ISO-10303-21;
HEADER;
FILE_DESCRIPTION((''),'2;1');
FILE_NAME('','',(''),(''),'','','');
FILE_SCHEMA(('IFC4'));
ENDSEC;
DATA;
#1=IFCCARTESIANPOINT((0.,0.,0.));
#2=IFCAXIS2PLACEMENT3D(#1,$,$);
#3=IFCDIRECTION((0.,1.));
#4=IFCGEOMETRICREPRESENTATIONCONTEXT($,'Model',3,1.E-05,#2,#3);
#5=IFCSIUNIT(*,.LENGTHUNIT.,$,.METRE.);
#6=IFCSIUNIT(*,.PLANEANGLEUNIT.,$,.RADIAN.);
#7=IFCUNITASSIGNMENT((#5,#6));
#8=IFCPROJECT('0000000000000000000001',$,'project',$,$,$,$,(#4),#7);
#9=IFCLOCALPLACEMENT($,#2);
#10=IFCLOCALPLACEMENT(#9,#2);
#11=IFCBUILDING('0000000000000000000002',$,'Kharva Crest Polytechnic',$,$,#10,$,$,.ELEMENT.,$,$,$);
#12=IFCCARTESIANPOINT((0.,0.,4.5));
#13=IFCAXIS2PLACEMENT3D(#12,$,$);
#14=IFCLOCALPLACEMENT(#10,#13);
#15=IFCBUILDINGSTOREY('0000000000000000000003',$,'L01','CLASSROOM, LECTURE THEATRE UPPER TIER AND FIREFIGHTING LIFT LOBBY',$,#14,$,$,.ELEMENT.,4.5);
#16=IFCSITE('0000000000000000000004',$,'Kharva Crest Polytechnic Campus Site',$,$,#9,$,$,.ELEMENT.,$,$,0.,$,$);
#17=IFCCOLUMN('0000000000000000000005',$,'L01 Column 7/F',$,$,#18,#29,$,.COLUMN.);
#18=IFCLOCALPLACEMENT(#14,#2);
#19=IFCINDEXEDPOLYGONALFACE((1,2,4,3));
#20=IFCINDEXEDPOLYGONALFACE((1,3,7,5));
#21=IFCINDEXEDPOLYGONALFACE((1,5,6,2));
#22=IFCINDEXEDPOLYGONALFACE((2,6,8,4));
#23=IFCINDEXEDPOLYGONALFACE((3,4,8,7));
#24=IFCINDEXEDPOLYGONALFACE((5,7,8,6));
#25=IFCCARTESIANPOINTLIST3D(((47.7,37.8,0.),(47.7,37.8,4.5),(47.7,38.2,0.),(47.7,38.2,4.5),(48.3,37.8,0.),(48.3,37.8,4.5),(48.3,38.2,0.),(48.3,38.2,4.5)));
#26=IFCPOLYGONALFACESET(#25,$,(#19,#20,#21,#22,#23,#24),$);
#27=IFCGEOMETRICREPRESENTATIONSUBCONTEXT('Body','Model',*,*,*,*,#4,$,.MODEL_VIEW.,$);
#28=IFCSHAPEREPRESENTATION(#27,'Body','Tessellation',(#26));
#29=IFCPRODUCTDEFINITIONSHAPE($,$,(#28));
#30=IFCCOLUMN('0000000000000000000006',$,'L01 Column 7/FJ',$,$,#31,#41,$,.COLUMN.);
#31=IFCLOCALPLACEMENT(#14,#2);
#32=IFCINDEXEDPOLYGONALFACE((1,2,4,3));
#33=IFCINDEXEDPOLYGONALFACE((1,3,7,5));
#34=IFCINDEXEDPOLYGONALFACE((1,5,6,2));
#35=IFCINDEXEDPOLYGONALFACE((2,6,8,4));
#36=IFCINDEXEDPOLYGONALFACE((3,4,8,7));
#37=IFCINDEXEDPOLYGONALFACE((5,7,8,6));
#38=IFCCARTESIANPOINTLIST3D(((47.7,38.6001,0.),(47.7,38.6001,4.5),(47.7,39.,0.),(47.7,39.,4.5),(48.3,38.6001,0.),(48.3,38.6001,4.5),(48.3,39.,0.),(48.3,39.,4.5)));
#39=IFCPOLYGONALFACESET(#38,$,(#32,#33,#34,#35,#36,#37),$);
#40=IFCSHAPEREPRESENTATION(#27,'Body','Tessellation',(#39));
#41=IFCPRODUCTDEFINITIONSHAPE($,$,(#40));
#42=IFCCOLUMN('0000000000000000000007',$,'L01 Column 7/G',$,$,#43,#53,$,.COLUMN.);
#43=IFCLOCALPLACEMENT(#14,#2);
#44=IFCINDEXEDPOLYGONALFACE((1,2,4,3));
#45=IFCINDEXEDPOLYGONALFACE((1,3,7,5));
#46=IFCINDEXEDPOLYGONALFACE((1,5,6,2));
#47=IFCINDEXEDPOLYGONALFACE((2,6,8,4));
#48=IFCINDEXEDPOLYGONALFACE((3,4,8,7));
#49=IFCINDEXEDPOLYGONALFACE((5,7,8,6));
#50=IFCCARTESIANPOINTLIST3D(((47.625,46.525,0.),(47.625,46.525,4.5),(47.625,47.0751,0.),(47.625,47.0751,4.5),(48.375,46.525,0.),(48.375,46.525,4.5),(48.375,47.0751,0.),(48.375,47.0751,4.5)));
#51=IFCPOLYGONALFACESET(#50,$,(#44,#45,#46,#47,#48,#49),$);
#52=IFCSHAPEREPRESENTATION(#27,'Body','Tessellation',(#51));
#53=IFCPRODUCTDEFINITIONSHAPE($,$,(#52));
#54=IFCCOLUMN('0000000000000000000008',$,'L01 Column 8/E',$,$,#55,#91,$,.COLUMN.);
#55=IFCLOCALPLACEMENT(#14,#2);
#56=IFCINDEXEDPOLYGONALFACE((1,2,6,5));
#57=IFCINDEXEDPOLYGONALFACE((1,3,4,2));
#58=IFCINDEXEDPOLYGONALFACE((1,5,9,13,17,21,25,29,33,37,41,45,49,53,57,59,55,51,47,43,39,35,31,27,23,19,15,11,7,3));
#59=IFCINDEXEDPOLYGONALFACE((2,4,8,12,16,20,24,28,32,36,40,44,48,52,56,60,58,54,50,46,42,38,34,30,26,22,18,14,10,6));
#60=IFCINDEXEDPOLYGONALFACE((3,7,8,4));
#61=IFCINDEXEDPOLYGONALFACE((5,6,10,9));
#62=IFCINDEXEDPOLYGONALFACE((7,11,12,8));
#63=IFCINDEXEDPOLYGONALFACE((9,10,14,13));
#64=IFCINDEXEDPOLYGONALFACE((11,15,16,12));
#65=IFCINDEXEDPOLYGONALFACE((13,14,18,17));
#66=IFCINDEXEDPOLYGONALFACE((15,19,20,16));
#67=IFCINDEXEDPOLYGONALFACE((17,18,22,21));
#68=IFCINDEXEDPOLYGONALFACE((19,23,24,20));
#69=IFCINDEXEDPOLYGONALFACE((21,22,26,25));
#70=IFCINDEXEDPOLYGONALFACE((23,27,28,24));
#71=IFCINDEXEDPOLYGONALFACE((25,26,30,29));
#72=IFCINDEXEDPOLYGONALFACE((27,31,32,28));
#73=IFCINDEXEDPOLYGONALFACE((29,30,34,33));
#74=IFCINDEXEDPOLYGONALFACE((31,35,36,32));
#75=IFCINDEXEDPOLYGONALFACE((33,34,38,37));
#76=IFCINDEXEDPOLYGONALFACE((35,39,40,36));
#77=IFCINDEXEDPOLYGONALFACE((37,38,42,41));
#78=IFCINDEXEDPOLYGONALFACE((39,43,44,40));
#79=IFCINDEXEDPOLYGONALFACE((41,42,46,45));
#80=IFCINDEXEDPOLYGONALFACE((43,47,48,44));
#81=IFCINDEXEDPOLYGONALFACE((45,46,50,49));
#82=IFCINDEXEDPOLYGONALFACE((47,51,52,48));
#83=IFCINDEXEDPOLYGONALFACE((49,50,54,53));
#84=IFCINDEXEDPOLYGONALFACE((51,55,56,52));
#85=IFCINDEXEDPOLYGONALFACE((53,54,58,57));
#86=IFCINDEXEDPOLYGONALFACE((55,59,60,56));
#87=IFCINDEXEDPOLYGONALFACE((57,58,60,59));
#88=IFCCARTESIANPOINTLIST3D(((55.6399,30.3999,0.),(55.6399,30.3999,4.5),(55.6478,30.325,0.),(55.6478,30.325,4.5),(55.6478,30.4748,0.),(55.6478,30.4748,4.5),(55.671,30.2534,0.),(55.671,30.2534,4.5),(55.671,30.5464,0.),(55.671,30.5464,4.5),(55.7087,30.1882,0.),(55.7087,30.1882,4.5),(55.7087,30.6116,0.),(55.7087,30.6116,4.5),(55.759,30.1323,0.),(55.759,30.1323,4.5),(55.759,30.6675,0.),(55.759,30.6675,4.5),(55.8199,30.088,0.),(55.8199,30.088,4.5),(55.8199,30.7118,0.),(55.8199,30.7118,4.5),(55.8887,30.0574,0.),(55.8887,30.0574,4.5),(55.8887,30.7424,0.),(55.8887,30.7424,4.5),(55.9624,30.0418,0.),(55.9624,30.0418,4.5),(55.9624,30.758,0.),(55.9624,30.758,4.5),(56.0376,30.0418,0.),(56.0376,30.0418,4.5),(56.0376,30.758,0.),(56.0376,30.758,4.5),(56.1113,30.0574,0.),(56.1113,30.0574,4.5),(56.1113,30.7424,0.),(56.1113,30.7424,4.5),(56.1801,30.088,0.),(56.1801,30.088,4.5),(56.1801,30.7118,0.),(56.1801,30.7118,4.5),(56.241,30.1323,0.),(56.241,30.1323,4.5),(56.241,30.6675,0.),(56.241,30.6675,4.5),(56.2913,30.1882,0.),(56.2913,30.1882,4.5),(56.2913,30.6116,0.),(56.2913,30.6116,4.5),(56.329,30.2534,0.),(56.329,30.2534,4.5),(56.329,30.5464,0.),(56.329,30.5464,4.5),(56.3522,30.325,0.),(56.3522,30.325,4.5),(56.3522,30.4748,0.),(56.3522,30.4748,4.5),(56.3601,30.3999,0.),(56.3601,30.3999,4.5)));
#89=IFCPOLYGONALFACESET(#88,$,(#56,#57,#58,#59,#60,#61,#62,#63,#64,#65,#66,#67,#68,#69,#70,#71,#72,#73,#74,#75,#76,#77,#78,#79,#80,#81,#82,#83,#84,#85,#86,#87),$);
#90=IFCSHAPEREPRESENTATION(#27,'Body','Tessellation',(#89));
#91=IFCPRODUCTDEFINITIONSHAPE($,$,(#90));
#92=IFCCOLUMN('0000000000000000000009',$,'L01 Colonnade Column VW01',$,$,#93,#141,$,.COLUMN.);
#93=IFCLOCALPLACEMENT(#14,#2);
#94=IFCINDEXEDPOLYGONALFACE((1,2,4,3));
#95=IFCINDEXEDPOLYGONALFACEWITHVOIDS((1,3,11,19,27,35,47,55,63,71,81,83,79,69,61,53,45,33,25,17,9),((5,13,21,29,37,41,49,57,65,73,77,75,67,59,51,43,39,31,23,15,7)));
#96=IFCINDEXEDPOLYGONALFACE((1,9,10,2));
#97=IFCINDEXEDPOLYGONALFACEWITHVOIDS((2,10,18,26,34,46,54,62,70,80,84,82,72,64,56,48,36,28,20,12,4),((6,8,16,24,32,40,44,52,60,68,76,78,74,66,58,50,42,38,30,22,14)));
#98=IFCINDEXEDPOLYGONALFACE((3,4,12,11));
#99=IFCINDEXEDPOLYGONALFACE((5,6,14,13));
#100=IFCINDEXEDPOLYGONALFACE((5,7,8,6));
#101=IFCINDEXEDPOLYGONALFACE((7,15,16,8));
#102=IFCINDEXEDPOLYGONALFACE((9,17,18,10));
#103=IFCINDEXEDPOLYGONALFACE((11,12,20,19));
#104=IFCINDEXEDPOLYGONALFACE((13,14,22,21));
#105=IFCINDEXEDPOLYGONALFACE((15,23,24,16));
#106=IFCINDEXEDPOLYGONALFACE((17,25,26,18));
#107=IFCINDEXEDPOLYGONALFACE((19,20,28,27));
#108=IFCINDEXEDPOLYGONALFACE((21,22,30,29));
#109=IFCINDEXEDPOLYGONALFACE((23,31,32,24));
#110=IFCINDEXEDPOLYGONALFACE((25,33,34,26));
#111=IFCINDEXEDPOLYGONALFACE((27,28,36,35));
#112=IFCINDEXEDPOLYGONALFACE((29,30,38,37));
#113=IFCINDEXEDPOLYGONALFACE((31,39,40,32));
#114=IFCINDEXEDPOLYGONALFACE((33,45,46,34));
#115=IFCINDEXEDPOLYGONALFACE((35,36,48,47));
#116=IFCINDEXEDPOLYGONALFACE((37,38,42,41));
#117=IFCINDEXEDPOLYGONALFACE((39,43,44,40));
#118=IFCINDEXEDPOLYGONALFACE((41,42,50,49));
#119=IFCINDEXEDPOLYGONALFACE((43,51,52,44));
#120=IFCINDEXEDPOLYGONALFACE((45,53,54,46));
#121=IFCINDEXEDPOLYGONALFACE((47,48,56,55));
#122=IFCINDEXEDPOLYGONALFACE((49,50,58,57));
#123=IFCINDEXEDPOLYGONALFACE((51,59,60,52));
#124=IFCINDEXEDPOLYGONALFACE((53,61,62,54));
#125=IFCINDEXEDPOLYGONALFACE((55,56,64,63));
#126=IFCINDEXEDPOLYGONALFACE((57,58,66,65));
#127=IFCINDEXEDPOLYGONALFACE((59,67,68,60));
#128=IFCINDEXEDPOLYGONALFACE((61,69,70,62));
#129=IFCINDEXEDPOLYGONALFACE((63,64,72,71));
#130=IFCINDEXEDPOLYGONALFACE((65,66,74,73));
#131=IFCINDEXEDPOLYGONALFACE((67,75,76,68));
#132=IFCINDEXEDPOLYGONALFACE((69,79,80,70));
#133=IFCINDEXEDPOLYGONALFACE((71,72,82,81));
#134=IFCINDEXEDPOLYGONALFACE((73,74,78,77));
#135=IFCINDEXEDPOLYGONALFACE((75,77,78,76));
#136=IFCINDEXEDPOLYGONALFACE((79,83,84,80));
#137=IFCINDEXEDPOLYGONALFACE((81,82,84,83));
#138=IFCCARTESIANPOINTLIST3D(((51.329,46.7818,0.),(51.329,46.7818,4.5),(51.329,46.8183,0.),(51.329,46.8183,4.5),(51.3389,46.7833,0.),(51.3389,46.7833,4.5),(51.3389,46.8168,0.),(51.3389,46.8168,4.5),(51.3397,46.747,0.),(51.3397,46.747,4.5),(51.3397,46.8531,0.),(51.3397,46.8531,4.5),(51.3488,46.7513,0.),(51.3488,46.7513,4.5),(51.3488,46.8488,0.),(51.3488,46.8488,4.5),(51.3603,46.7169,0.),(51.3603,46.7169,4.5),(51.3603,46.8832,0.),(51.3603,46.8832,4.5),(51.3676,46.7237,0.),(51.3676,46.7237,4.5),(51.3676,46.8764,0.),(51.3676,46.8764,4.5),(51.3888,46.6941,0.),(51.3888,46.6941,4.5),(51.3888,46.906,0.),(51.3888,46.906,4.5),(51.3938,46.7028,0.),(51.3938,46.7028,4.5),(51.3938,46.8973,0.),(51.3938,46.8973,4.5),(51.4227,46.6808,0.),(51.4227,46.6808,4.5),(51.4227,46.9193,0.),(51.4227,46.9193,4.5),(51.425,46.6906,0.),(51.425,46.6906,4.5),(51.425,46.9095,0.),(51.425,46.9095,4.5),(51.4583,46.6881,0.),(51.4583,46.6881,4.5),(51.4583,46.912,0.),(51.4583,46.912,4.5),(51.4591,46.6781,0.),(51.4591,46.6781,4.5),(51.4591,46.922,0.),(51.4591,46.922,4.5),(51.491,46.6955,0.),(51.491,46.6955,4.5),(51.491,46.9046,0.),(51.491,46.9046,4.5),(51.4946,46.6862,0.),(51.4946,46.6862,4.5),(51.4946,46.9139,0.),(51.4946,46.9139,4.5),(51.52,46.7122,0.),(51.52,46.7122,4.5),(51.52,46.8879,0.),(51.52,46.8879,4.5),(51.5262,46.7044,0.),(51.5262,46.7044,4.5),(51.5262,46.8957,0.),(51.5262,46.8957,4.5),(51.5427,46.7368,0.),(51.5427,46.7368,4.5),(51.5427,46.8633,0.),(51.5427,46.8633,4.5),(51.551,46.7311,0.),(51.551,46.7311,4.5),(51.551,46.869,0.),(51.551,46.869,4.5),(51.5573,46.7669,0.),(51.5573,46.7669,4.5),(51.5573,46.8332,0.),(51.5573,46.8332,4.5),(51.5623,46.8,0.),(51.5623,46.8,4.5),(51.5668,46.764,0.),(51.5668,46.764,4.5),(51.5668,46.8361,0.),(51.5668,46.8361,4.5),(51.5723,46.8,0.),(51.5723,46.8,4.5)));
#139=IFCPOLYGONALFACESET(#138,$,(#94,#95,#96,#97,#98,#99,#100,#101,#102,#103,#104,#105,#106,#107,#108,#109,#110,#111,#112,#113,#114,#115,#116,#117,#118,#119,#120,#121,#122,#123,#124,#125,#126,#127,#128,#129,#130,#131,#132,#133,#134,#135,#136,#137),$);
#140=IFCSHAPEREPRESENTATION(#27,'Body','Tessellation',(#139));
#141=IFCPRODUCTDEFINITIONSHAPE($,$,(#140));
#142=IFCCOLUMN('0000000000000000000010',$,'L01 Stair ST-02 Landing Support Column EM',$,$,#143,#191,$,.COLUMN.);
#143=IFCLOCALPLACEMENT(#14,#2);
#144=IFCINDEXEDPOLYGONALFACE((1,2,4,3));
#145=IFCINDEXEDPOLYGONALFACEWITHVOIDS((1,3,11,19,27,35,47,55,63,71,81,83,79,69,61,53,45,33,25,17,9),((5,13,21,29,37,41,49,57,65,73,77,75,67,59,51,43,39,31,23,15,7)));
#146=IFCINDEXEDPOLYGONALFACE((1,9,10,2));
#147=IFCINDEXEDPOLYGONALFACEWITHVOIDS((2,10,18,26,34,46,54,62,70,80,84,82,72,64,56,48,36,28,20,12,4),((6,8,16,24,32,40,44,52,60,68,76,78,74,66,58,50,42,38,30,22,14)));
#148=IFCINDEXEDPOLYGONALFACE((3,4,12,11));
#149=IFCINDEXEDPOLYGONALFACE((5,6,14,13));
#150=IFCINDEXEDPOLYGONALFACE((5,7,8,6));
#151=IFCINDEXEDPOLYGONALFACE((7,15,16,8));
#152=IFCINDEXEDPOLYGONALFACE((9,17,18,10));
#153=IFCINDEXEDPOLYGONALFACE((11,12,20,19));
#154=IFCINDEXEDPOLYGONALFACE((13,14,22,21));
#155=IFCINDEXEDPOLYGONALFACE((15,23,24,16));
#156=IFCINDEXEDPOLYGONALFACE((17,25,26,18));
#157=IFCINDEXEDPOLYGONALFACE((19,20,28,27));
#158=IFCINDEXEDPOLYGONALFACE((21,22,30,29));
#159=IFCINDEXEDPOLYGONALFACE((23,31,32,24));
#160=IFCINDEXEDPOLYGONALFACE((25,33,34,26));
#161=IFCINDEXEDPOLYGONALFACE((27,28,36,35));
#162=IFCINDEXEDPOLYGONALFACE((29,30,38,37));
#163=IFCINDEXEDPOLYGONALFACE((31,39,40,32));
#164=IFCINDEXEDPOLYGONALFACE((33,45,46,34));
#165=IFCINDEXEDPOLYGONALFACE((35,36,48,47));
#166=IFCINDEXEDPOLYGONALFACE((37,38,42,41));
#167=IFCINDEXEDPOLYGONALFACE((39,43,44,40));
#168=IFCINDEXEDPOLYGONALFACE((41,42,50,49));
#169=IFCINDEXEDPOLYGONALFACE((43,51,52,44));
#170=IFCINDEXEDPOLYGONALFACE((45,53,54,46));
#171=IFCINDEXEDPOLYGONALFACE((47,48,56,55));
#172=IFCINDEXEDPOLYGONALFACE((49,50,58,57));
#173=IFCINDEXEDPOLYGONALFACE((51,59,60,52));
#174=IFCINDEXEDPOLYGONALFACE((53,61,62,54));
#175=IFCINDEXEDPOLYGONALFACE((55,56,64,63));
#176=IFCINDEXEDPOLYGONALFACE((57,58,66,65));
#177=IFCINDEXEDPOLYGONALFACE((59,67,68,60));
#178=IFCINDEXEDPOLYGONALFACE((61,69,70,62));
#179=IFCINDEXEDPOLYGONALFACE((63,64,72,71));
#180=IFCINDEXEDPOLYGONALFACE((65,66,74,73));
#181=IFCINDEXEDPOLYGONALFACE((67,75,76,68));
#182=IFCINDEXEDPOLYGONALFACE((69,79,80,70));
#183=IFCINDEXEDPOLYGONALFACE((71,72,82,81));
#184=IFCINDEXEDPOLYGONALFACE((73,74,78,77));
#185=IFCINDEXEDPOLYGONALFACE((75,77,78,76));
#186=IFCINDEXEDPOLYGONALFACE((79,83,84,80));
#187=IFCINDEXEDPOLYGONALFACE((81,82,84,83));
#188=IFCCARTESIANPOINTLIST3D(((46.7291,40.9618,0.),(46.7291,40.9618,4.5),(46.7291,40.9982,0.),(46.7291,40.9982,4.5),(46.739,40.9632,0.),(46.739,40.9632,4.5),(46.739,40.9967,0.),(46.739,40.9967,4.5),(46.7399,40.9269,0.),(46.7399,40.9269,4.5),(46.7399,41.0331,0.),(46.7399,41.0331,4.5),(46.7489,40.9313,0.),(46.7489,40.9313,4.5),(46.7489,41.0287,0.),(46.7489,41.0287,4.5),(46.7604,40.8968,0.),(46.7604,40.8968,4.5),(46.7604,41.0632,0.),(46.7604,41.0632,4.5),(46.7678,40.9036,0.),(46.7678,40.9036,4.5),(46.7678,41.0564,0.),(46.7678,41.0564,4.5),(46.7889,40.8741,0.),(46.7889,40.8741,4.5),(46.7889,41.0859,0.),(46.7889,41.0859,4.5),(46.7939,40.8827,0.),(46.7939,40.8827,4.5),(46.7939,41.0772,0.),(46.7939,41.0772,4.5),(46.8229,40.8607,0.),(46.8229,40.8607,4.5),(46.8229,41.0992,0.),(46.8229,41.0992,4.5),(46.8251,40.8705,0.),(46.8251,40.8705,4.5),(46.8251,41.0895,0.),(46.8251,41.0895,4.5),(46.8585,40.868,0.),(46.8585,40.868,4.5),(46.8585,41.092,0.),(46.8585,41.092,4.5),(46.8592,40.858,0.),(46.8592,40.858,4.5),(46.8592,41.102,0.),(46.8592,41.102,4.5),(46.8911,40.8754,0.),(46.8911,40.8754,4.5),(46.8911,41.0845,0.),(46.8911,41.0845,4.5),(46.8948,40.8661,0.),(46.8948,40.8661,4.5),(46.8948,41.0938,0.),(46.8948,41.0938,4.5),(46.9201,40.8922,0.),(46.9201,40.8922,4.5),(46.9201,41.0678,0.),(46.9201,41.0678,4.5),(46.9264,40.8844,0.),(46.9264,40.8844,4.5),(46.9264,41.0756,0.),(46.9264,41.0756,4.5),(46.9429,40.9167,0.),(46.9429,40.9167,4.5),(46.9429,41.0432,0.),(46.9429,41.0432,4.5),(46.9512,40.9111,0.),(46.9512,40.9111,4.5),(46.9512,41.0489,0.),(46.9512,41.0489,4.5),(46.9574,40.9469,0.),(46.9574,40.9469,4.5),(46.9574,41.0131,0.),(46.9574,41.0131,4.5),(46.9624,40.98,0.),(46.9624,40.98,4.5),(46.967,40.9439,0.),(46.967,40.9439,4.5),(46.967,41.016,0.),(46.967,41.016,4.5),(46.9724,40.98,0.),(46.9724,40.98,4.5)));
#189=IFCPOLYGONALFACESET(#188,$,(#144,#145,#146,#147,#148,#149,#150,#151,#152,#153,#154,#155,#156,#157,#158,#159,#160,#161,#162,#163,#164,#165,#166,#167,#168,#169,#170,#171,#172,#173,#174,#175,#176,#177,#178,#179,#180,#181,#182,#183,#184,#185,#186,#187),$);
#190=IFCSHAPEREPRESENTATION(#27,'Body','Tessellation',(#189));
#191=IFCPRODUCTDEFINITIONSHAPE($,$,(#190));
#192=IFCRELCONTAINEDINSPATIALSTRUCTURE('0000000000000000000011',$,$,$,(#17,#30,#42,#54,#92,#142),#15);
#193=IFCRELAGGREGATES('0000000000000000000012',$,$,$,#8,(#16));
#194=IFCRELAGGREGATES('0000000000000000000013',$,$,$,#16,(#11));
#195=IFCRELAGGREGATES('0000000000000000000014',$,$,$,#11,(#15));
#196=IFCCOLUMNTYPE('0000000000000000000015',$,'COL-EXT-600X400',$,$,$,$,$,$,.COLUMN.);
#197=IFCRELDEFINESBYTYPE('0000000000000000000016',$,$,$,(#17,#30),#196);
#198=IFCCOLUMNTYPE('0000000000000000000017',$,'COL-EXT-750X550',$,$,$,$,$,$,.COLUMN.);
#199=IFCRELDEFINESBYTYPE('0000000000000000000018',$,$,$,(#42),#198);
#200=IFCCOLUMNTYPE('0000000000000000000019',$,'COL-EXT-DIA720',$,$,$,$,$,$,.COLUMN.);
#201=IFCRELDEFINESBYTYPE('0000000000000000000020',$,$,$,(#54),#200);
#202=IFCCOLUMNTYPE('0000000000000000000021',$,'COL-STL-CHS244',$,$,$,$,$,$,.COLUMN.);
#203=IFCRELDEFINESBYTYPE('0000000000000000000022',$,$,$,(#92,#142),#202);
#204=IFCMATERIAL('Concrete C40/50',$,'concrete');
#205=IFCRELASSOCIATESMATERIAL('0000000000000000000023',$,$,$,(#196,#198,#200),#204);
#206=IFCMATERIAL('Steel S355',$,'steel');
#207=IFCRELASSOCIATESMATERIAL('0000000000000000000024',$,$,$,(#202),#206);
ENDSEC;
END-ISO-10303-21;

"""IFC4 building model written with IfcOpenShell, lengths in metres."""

from ifc_helpers import new_model, si_unit, direction, frame, origin, origin_2d, place, context, subcontext, project, spatial, rectangle, circle, hollow_circle, extrude, material, material_profile, profile_set, type_object, element, save


model = new_model("IFC4")

# Units and contexts
model_context = context("Model", 3, precision=1e-05, world=origin(), true_north=direction((0.0, 1.0)))
body_context = subcontext(model_context, "Body", "Model", "MODEL_VIEW")
ifc_project = project(units=[si_unit("LENGTHUNIT", "METRE"), si_unit("PLANEANGLEUNIT", "RADIAN")], contexts=[model_context])

# Site, building, storey
site_placement = place(None, origin())
site = spatial("IfcSite", under=ifc_project, at=site_placement, Name="Kharva Crest Polytechnic Campus Site", CompositionType="ELEMENT", RefElevation=0.0)
building_placement = place(site_placement, origin())
building = spatial("IfcBuilding", under=site, at=building_placement, Name="Kharva Crest Polytechnic", CompositionType="ELEMENT")
storey_placement = place(building_placement, frame((0.0, 0.0, 4.5)))
storey = spatial("IfcBuildingStorey", under=building, at=storey_placement, Name="L01", Description="CLASSROOM, LECTURE THEATRE UPPER TIER AND FIREFIGHTING LIFT LOBBY", CompositionType="ELEMENT", Elevation=4.5)

# Columns
ifc_material_1 = material(Name="Concrete C40/50", Category="concrete")
ifc_material_profile_1 = material_profile(ifc_material_1, rectangle(XDim=0.6001, YDim=0.3999, at=origin_2d()), Name="RECT 600 X 400")
ifc_profile_set_1 = profile_set([ifc_material_profile_1], Name="Concrete C40/50")
column_type_1 = type_object("IfcColumnType", Name="COL-EXT-600X400", PredefinedType="COLUMN", material=ifc_profile_set_1)
for number, where, z_axis, x_axis, name in (
    (1, (48.0, 38.0, 0.0), (0.0, 0.0, 1.0), (1.0, 0.0, 0.0), "L01 Column 7/F"),
    (2, (48.0, 38.8, 0.0), (0.0, 0.0, 1.0), (1.0, 0.0, 0.0), "L01 Column 7/FJ"),
):
    element("IfcColumn", number, at=place(storey_placement, frame(where, z_axis=z_axis, x_axis=x_axis)), inside=storey, type_object=column_type_1, Name=name, PredefinedType="COLUMN", context=body_context, shape_type="SweptSolid", body=[
        extrude(rectangle(XDim=0.6001, YDim=0.3999, at=origin_2d()), origin(), (0.0, 0.0, 1.0), 4.5),
    ])
ifc_material_profile_2 = material_profile(ifc_material_1, rectangle(XDim=0.75, YDim=0.55, at=origin_2d()), Name="RECT 750 X 550")
ifc_profile_set_2 = profile_set([ifc_material_profile_2], Name="Concrete C40/50")
column_type_2 = type_object("IfcColumnType", Name="COL-EXT-750X550", PredefinedType="COLUMN", material=ifc_profile_set_2)
column_1_placement = place(storey_placement, frame((48.0, 46.8, 0.0), z_axis=(0.0, 0.0, 1.0), x_axis=(1.0, 0.0, 0.0)))
element("IfcColumn", 3, at=column_1_placement, inside=storey, type_object=column_type_2, Name="L01 Column 7/G", PredefinedType="COLUMN", context=body_context, shape_type="SweptSolid", body=[
    extrude(rectangle(XDim=0.75, YDim=0.55, at=origin_2d()), origin(), (0.0, 0.0, 1.0), 4.5),
])
ifc_material_profile_3 = material_profile(ifc_material_1, circle(Radius=0.3601, at=origin_2d()), Name="DIA 720")
ifc_profile_set_3 = profile_set([ifc_material_profile_3], Name="Concrete C40/50")
column_type_3 = type_object("IfcColumnType", Name="COL-EXT-DIA720", PredefinedType="COLUMN", material=ifc_profile_set_3)
column_2_placement = place(storey_placement, frame((56.0, 30.3999, 0.0), z_axis=(0.0, 0.0, 1.0), x_axis=(1.0, 0.0, 0.0)))
element("IfcColumn", 4, at=column_2_placement, inside=storey, type_object=column_type_3, Name="L01 Column 8/E", PredefinedType="COLUMN", context=body_context, shape_type="SweptSolid", body=[
    extrude(circle(Radius=0.3601, at=origin_2d()), origin(), (0.0, 0.0, 1.0), 4.5),
])
ifc_material_2 = material(Name="Steel S355", Category="steel")
ifc_material_profile_4 = material_profile(ifc_material_2, hollow_circle(Radius=0.1223, WallThickness=0.01, at=origin_2d()), Name="CHS 244.5X10.0")
ifc_profile_set_4 = profile_set([ifc_material_profile_4], Name="Steel S355")
column_type_4 = type_object("IfcColumnType", Name="COL-STL-CHS244", PredefinedType="COLUMN", material=ifc_profile_set_4)
for number, where, z_axis, x_axis, name in (
    (5, (51.45, 46.8, 0.0), (0.0, 0.0, 1.0), (1.0, 0.0, 0.0), "L01 Colonnade Column VW01"),
    (6, (46.8501, 40.98, 0.0), (0.0, 0.0, 1.0), (1.0, 0.0, 0.0), "L01 Stair ST-02 Landing Support Column EM"),
):
    element("IfcColumn", number, at=place(storey_placement, frame(where, z_axis=z_axis, x_axis=x_axis)), inside=storey, type_object=column_type_4, Name=name, PredefinedType="COLUMN", context=body_context, shape_type="SweptSolid", body=[
        extrude(hollow_circle(Radius=0.1223, WallThickness=0.01, at=origin_2d()), origin(), (0.0, 0.0, 1.0), 4.5),
    ])

save(model, "model.ifc")
